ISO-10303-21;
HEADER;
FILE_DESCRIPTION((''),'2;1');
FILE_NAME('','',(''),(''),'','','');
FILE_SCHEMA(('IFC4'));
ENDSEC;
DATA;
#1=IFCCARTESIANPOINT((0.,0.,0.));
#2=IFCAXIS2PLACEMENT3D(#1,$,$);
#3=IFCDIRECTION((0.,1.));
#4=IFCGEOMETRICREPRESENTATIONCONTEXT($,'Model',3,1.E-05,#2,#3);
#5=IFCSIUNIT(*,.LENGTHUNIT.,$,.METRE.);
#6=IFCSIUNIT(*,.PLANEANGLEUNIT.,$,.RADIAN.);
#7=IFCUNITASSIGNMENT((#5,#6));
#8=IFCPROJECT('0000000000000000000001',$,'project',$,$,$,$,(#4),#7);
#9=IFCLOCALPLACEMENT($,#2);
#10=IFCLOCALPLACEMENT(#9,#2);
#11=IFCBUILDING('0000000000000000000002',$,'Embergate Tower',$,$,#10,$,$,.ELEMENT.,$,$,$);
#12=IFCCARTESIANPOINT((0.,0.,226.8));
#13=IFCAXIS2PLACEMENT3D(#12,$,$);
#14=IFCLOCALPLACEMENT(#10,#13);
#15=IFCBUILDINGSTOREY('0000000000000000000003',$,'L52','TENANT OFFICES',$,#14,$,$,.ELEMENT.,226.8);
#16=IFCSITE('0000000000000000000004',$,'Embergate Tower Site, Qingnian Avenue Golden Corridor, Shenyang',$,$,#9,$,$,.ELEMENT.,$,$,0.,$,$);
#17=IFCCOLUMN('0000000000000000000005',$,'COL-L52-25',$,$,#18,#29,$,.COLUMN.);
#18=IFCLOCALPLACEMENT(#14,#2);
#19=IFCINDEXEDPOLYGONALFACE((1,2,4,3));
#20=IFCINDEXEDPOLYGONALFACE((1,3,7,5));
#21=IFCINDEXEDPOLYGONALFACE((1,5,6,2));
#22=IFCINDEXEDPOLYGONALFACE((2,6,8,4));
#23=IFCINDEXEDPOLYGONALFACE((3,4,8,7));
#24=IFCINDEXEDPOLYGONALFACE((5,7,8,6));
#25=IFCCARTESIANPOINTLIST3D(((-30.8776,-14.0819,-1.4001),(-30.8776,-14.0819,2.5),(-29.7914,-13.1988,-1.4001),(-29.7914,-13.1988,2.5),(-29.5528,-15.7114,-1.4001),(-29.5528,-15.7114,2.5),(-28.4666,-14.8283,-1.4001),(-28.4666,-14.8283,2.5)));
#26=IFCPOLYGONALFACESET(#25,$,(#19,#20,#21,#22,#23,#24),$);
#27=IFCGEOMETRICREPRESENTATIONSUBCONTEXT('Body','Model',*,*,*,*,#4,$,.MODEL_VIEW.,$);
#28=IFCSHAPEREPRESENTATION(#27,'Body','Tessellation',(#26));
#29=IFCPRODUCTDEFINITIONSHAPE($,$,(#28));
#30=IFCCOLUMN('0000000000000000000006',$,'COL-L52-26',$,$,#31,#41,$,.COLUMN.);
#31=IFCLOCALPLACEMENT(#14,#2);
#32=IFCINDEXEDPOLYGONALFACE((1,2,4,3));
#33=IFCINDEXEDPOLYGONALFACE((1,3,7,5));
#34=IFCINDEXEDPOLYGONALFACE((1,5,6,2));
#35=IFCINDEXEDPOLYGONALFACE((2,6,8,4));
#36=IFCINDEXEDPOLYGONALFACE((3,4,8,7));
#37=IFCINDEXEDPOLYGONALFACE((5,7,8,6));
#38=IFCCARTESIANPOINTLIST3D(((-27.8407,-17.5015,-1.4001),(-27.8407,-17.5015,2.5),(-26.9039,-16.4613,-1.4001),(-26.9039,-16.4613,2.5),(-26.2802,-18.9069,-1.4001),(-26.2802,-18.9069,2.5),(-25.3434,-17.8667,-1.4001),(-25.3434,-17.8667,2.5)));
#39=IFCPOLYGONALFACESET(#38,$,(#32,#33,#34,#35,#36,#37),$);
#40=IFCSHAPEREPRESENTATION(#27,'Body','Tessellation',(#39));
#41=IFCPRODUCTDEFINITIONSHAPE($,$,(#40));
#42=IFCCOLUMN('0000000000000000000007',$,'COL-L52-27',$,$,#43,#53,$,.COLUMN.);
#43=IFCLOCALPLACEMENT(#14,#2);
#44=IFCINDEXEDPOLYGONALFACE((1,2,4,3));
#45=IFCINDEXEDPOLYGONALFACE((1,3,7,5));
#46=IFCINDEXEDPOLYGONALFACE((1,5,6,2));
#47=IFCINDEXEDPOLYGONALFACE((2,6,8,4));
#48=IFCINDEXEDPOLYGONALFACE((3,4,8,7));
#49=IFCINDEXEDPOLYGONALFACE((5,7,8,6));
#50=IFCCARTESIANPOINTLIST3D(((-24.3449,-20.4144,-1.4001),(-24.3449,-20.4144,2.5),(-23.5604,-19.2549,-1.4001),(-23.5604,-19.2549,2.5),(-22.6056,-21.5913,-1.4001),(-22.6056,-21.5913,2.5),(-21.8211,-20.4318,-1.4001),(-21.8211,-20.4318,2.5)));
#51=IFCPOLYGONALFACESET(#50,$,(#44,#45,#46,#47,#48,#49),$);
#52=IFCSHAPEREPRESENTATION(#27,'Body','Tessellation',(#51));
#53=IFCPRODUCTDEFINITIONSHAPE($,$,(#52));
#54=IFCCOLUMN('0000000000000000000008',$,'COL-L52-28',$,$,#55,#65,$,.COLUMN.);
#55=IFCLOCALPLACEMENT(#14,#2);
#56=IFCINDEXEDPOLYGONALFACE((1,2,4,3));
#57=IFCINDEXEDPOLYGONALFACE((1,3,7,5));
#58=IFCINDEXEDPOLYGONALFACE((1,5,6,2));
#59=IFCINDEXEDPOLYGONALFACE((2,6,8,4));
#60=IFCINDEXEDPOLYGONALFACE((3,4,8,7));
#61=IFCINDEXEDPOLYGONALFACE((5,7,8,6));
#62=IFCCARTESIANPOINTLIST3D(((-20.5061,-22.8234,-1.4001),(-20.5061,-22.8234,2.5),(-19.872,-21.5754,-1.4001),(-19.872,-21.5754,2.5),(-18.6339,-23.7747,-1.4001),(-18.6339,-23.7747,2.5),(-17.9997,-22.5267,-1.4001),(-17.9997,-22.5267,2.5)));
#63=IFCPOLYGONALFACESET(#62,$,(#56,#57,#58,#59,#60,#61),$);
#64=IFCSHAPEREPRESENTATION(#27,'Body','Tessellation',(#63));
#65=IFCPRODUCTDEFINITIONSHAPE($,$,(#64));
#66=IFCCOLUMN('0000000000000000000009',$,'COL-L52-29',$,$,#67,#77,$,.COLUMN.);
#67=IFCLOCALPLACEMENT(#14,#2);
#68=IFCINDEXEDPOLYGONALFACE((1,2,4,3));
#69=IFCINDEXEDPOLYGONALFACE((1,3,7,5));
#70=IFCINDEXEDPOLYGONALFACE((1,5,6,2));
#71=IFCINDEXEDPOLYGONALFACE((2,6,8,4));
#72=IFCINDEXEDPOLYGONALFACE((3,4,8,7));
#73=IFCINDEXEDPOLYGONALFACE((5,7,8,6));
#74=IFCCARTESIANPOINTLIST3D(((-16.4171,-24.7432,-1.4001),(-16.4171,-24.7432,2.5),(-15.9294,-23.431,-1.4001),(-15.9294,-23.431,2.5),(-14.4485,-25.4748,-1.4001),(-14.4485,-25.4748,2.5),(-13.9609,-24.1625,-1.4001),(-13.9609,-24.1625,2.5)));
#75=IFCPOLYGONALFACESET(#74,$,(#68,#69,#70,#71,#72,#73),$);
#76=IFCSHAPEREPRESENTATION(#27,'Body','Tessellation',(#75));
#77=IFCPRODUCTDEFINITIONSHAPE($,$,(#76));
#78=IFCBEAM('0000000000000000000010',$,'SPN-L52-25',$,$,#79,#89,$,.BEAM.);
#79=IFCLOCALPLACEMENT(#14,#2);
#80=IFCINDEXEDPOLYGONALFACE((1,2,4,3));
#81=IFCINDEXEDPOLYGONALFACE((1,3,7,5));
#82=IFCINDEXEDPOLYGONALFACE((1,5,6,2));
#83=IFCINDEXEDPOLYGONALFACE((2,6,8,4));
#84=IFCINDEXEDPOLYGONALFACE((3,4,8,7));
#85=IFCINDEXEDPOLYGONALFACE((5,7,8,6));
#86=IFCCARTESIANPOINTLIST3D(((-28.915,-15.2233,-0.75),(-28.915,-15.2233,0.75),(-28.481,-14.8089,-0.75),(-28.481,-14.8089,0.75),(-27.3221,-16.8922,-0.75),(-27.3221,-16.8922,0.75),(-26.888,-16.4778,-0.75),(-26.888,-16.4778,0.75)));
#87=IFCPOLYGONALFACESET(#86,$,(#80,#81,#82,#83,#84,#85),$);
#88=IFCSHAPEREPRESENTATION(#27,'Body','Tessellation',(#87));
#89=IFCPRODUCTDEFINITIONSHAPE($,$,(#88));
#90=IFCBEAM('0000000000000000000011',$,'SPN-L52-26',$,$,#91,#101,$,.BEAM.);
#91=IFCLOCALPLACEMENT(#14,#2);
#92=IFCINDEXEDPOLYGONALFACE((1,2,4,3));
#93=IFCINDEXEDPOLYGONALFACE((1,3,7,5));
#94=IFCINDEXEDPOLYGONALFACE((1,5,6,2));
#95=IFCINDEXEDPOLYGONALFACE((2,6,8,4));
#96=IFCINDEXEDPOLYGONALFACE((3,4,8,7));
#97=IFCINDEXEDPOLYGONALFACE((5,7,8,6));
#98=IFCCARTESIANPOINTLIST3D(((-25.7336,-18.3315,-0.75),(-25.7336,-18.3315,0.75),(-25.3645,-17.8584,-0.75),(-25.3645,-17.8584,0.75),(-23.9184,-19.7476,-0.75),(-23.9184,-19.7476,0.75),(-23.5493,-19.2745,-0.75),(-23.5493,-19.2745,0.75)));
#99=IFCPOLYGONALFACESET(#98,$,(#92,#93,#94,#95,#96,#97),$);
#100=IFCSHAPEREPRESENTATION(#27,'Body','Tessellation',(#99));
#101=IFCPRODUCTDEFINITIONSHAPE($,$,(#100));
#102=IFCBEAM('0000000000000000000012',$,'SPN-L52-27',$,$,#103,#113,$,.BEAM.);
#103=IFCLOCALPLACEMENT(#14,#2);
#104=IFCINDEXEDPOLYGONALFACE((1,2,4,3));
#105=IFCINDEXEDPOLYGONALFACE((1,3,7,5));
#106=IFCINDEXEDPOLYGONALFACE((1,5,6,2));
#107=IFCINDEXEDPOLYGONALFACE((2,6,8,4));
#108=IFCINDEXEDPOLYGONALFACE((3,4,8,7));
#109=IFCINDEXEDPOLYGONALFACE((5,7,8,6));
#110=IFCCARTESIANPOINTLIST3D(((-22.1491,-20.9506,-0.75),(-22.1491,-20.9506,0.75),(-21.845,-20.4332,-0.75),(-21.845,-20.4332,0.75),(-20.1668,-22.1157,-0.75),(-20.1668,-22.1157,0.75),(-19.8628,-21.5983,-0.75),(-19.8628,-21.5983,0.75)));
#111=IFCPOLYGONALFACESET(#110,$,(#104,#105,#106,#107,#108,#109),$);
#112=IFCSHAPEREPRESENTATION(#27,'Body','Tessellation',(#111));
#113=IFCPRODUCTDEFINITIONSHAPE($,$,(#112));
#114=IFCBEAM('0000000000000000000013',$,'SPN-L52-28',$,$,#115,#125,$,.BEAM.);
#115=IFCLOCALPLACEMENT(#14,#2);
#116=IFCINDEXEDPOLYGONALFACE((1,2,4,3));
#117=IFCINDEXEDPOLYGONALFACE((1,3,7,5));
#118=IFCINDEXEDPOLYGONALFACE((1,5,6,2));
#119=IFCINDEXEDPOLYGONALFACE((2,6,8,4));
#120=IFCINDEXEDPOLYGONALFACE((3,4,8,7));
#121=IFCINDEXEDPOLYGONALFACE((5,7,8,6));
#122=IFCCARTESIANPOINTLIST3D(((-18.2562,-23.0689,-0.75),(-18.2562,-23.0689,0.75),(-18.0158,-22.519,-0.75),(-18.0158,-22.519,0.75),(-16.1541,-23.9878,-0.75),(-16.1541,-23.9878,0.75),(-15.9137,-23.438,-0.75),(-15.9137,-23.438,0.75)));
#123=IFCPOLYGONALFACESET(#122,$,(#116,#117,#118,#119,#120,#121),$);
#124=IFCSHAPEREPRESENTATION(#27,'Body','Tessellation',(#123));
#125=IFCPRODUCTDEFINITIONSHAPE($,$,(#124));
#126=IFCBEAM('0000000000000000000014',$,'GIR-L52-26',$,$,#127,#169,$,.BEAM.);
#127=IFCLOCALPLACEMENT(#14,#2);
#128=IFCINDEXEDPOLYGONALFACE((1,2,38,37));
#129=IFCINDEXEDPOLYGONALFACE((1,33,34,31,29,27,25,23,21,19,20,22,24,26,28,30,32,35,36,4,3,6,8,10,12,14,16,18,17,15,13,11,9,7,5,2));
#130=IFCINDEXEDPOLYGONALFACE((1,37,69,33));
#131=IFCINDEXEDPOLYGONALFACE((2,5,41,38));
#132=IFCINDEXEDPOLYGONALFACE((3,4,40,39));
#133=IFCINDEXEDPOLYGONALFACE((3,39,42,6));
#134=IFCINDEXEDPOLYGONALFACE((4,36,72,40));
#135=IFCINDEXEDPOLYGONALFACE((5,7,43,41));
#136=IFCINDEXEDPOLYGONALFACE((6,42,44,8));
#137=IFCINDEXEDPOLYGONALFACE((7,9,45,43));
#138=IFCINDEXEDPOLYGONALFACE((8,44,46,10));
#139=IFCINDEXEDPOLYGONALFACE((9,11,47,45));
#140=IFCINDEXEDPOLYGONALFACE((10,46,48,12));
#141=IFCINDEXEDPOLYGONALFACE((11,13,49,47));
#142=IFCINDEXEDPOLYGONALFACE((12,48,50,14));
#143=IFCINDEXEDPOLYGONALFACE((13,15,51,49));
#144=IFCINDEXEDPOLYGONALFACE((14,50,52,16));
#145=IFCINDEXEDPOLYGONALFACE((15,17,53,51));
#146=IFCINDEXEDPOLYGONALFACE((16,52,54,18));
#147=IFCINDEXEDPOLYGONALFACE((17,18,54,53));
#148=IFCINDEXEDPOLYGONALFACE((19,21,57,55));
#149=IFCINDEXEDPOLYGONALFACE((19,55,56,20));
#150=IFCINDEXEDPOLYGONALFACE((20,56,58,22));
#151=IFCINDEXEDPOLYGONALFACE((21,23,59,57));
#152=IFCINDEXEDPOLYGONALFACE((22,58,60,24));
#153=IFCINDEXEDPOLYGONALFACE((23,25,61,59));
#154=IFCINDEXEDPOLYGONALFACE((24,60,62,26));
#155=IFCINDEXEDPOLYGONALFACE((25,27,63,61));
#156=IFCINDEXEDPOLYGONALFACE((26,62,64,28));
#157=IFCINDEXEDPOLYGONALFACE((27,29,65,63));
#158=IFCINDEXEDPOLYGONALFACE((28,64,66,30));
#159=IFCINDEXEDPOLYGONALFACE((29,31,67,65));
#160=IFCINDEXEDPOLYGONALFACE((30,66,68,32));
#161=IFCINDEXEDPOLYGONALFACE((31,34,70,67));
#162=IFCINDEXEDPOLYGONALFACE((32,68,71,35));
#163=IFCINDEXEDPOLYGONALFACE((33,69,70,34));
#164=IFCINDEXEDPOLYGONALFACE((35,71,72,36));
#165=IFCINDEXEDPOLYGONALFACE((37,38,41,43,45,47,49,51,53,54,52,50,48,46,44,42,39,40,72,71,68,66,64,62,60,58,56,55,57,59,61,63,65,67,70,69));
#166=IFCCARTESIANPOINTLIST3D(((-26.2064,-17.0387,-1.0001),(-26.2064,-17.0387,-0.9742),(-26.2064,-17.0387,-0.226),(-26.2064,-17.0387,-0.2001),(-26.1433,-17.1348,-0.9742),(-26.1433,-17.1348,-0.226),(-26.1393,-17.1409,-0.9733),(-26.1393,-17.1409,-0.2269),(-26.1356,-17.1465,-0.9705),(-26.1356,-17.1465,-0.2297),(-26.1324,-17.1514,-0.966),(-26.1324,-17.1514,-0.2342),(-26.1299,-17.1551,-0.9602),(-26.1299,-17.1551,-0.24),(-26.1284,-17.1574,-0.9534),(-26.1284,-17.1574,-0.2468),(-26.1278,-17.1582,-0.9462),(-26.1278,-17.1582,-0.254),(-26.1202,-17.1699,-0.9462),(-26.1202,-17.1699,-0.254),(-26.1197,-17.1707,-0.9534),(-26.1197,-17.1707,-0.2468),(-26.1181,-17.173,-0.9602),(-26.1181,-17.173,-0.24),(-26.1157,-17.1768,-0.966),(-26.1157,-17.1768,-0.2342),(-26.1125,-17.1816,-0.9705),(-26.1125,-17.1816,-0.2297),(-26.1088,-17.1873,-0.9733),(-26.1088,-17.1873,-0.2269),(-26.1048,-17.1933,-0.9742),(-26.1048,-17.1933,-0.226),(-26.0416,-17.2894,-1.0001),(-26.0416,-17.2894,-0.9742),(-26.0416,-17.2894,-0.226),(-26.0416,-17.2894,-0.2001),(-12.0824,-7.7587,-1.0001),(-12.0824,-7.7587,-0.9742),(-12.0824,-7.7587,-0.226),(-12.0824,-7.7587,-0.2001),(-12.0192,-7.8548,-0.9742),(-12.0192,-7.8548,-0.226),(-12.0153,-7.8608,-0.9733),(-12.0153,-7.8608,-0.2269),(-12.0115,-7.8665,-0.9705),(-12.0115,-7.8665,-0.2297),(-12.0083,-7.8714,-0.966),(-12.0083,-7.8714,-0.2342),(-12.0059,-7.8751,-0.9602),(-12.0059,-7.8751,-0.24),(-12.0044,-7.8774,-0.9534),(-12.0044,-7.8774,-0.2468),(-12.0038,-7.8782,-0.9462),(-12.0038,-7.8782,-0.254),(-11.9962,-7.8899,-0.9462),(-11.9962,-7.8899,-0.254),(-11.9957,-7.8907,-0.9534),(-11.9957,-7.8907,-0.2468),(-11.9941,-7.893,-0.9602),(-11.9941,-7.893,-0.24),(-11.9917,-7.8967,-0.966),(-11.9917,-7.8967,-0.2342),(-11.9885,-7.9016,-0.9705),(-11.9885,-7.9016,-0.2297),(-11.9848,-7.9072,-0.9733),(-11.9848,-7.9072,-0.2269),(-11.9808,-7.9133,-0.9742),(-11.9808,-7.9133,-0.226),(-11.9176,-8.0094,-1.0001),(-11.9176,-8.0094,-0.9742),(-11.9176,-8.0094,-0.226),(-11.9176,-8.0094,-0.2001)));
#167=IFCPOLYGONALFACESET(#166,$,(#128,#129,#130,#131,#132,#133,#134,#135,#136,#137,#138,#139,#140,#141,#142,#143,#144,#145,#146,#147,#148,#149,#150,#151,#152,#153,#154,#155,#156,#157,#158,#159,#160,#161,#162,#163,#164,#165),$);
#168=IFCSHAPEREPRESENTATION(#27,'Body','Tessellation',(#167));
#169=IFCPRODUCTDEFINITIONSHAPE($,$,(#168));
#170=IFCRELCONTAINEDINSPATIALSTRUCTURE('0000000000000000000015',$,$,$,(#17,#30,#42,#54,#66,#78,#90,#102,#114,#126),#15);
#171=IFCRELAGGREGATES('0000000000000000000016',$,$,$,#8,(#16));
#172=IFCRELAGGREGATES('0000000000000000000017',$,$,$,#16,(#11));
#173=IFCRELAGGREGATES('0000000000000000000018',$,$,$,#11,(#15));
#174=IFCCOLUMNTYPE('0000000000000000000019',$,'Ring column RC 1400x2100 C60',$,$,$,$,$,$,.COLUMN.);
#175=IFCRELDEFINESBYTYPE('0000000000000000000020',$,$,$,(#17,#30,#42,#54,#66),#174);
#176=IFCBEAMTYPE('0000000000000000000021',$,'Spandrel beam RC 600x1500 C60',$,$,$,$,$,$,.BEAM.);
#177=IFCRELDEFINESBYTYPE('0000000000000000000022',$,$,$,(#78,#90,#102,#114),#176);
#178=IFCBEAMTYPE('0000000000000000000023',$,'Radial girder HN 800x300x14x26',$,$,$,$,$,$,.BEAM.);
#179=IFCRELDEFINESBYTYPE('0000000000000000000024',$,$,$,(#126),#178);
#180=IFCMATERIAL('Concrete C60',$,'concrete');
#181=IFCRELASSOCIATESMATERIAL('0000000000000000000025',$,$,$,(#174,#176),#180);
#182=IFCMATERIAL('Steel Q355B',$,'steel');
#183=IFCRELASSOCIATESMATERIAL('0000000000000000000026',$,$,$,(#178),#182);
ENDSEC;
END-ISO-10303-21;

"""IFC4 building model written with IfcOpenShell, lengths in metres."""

from ifc_helpers import new_model, si_unit, direction, frame, origin, origin_2d, place, context, subcontext, project, spatial, rectangle, i_section, extrude, source, transform, mapped, material, material_profile, profile_set, type_object, element, save


model = new_model("IFC4")

# Units and contexts
model_context = context("Model", 3, precision=1e-05, world=origin(), true_north=direction((0.0, 1.0)))
body_context = subcontext(model_context, "Body", "Model", "MODEL_VIEW")
ifc_project = project(units=[si_unit("LENGTHUNIT", "METRE"), si_unit("PLANEANGLEUNIT", "RADIAN")], contexts=[model_context])

# Site, building, storey
site_placement = place(None, origin())
site = spatial("IfcSite", under=ifc_project, at=site_placement, Name="Embergate Tower Site, Qingnian Avenue Golden Corridor, Shenyang", CompositionType="ELEMENT", RefElevation=0.0)
building_placement = place(site_placement, origin())
building = spatial("IfcBuilding", under=site, at=building_placement, Name="Embergate Tower", CompositionType="ELEMENT")
storey_placement = place(building_placement, frame((0.0, 0.0, 226.8)))
storey = spatial("IfcBuildingStorey", under=building, at=storey_placement, Name="L52", Description="TENANT OFFICES", CompositionType="ELEMENT", Elevation=226.8)

# Columns
ifc_material_1 = material(Name="Concrete C60", Category="concrete")
ifc_material_profile_1 = material_profile(ifc_material_1, rectangle(XDim=1.3999, YDim=2.1001, at=origin_2d()), Name="RC 1400x2100")
ifc_profile_set_1 = profile_set([ifc_material_profile_1], Name="Concrete C60")
column_type = type_object("IfcColumnType", Name="Ring column RC 1400x2100 C60", PredefinedType="COLUMN", material=ifc_profile_set_1)
shared_shape_1 = source(origin(), body_context, "Body", "SweptSolid", [
    extrude(rectangle(XDim=1.3999, YDim=2.1001, at=origin_2d()), origin(), (0.0, 0.0, 1.0), 3.9001),
])
for number, where, z_axis, x_axis, name in (
    (1, (-29.6721, -14.4551, -1.4001), (0.0, 0.0, 1.0), (-0.775925, -0.630825, 0.0), "COL-L52-25"),
    (2, (-26.592, -17.6841, -1.4001), (0.0, 0.0, 1.0), (-0.669221, -0.743063, 0.0), "COL-L52-26"),
    (3, (-23.083, -20.4231, -1.4001), (0.0, 0.0, 1.0), (-0.560393, -0.828227, 0.0), "COL-L52-27"),
    (4, (-19.2529, -22.675, -1.4001), (0.0, 0.0, 1.0), (-0.453011, -0.891505, 0.0), "COL-L52-28"),
    (5, (-15.189, -24.4529, -1.4001), (0.0, 0.0, 1.0), (-0.348343, -0.937367, 0.0), "COL-L52-29"),
):
    element("IfcColumn", number, at=place(storey_placement, frame(where, z_axis=z_axis, x_axis=x_axis)), inside=storey, type_object=column_type, Name=name, PredefinedType="COLUMN", context=body_context, shape_type="MappedRepresentation", body=[
        mapped(shared_shape_1, transform((0.0, 0.0, 0.0))),
    ])

# Beams
ifc_material_profile_2 = material_profile(ifc_material_1, rectangle(XDim=0.6001, YDim=1.5, at=origin_2d()), Name="RC 600x1500")
ifc_profile_set_2 = profile_set([ifc_material_profile_2], Name="Concrete C60")
beam_type_1 = type_object("IfcBeamType", Name="Spandrel beam RC 600x1500 C60", PredefinedType="BEAM", material=ifc_profile_set_2)
shared_shape_2 = source(origin(), body_context, "Body", "SweptSolid", [
    extrude(rectangle(XDim=0.6001, YDim=1.5, at=origin_2d()), origin(), (0.0, 0.0, 1.0), 2.3071),
])
beam_1_placement = place(storey_placement, frame((-28.698, -15.0161, 0.0), z_axis=(0.690461, -0.72337, 0.0), x_axis=(0.72337, 0.690461, 0.0)))
element("IfcBeam", 6, at=beam_1_placement, inside=storey, type_object=beam_type_1, Name="SPN-L52-25", PredefinedType="BEAM", context=body_context, shape_type="MappedRepresentation", body=[
    mapped(shared_shape_2, transform((0.0, 0.0, 0.0))),
])
shared_shape_3 = source(origin(), body_context, "Body", "SweptSolid", [
    extrude(rectangle(XDim=0.6001, YDim=1.5, at=origin_2d()), origin(), (0.0, 0.0, 1.0), 2.3022),
])
beam_2_placement = place(storey_placement, frame((-25.5491, -18.095, 0.0), z_axis=(0.788466, -0.615078, 0.0), x_axis=(0.615078, 0.788466, 0.0)))
element("IfcBeam", 7, at=beam_2_placement, inside=storey, type_object=beam_type_1, Name="SPN-L52-26", PredefinedType="BEAM", context=body_context, shape_type="MappedRepresentation", body=[
    mapped(shared_shape_3, transform((0.0, 0.0, 0.0))),
])
shared_shape_4 = source(origin(), body_context, "Body", "SweptSolid", [
    extrude(rectangle(XDim=0.6001, YDim=1.5, at=origin_2d()), origin(), (0.0, 0.0, 1.0), 2.2993),
])
beam_3_placement = place(storey_placement, frame((-21.9971, -20.6919, 0.0), z_axis=(0.862114, -0.506714, 0.0), x_axis=(0.506714, 0.862114, 0.0)))
element("IfcBeam", 8, at=beam_3_placement, inside=storey, type_object=beam_type_1, Name="SPN-L52-27", PredefinedType="BEAM", context=body_context, shape_type="MappedRepresentation", body=[
    mapped(shared_shape_4, transform((0.0, 0.0, 0.0))),
])
shared_shape_5 = source(origin(), body_context, "Body", "SweptSolid", [
    extrude(rectangle(XDim=0.6001, YDim=1.5, at=origin_2d()), origin(), (0.0, 0.0, 1.0), 2.2942),
])
beam_4_placement = place(storey_placement, frame((-18.136, -22.7939, 0.0), z_axis=(0.91627, -0.400562, 0.0), x_axis=(0.400562, 0.91627, 0.0)))
element("IfcBeam", 9, at=beam_4_placement, inside=storey, type_object=beam_type_1, Name="SPN-L52-28", PredefinedType="BEAM", context=body_context, shape_type="MappedRepresentation", body=[
    mapped(shared_shape_5, transform((0.0, 0.0, 0.0))),
])
ifc_material_2 = material(Name="Steel Q355B", Category="steel")
ifc_material_profile_3 = material_profile(ifc_material_2, i_section(OverallWidth=0.3, OverallDepth=0.8, WebThickness=0.0139, FlangeThickness=0.0259, FilletRadius=0.0281, at=origin_2d()), Name="HN 800x300x14x26")
ifc_profile_set_3 = profile_set([ifc_material_profile_3], Name="Steel Q355 grade B")
beam_type_2 = type_object("IfcBeamType", Name="Radial girder HN 800x300x14x26", PredefinedType="BEAM", material=ifc_profile_set_3)
shared_shape_6 = source(origin(), body_context, "Body", "SweptSolid", [
    extrude(i_section(OverallWidth=0.3, OverallDepth=0.8, WebThickness=0.0139, FlangeThickness=0.0259, FilletRadius=0.0281, at=origin_2d()), origin(), (0.0, 0.0, 1.0), 16.8999),
])
beam_5_placement = place(storey_placement, frame((-26.124, -17.1641, -0.6001), z_axis=(0.835745, 0.549117, 0.0), x_axis=(-0.549117, 0.835745, 0.0)))
element("IfcBeam", 10, at=beam_5_placement, inside=storey, type_object=beam_type_2, Name="GIR-L52-26", PredefinedType="BEAM", context=body_context, shape_type="MappedRepresentation", body=[
    mapped(shared_shape_6, transform((0.0, 0.0, 0.0))),
])

save(model, "model.ifc")
